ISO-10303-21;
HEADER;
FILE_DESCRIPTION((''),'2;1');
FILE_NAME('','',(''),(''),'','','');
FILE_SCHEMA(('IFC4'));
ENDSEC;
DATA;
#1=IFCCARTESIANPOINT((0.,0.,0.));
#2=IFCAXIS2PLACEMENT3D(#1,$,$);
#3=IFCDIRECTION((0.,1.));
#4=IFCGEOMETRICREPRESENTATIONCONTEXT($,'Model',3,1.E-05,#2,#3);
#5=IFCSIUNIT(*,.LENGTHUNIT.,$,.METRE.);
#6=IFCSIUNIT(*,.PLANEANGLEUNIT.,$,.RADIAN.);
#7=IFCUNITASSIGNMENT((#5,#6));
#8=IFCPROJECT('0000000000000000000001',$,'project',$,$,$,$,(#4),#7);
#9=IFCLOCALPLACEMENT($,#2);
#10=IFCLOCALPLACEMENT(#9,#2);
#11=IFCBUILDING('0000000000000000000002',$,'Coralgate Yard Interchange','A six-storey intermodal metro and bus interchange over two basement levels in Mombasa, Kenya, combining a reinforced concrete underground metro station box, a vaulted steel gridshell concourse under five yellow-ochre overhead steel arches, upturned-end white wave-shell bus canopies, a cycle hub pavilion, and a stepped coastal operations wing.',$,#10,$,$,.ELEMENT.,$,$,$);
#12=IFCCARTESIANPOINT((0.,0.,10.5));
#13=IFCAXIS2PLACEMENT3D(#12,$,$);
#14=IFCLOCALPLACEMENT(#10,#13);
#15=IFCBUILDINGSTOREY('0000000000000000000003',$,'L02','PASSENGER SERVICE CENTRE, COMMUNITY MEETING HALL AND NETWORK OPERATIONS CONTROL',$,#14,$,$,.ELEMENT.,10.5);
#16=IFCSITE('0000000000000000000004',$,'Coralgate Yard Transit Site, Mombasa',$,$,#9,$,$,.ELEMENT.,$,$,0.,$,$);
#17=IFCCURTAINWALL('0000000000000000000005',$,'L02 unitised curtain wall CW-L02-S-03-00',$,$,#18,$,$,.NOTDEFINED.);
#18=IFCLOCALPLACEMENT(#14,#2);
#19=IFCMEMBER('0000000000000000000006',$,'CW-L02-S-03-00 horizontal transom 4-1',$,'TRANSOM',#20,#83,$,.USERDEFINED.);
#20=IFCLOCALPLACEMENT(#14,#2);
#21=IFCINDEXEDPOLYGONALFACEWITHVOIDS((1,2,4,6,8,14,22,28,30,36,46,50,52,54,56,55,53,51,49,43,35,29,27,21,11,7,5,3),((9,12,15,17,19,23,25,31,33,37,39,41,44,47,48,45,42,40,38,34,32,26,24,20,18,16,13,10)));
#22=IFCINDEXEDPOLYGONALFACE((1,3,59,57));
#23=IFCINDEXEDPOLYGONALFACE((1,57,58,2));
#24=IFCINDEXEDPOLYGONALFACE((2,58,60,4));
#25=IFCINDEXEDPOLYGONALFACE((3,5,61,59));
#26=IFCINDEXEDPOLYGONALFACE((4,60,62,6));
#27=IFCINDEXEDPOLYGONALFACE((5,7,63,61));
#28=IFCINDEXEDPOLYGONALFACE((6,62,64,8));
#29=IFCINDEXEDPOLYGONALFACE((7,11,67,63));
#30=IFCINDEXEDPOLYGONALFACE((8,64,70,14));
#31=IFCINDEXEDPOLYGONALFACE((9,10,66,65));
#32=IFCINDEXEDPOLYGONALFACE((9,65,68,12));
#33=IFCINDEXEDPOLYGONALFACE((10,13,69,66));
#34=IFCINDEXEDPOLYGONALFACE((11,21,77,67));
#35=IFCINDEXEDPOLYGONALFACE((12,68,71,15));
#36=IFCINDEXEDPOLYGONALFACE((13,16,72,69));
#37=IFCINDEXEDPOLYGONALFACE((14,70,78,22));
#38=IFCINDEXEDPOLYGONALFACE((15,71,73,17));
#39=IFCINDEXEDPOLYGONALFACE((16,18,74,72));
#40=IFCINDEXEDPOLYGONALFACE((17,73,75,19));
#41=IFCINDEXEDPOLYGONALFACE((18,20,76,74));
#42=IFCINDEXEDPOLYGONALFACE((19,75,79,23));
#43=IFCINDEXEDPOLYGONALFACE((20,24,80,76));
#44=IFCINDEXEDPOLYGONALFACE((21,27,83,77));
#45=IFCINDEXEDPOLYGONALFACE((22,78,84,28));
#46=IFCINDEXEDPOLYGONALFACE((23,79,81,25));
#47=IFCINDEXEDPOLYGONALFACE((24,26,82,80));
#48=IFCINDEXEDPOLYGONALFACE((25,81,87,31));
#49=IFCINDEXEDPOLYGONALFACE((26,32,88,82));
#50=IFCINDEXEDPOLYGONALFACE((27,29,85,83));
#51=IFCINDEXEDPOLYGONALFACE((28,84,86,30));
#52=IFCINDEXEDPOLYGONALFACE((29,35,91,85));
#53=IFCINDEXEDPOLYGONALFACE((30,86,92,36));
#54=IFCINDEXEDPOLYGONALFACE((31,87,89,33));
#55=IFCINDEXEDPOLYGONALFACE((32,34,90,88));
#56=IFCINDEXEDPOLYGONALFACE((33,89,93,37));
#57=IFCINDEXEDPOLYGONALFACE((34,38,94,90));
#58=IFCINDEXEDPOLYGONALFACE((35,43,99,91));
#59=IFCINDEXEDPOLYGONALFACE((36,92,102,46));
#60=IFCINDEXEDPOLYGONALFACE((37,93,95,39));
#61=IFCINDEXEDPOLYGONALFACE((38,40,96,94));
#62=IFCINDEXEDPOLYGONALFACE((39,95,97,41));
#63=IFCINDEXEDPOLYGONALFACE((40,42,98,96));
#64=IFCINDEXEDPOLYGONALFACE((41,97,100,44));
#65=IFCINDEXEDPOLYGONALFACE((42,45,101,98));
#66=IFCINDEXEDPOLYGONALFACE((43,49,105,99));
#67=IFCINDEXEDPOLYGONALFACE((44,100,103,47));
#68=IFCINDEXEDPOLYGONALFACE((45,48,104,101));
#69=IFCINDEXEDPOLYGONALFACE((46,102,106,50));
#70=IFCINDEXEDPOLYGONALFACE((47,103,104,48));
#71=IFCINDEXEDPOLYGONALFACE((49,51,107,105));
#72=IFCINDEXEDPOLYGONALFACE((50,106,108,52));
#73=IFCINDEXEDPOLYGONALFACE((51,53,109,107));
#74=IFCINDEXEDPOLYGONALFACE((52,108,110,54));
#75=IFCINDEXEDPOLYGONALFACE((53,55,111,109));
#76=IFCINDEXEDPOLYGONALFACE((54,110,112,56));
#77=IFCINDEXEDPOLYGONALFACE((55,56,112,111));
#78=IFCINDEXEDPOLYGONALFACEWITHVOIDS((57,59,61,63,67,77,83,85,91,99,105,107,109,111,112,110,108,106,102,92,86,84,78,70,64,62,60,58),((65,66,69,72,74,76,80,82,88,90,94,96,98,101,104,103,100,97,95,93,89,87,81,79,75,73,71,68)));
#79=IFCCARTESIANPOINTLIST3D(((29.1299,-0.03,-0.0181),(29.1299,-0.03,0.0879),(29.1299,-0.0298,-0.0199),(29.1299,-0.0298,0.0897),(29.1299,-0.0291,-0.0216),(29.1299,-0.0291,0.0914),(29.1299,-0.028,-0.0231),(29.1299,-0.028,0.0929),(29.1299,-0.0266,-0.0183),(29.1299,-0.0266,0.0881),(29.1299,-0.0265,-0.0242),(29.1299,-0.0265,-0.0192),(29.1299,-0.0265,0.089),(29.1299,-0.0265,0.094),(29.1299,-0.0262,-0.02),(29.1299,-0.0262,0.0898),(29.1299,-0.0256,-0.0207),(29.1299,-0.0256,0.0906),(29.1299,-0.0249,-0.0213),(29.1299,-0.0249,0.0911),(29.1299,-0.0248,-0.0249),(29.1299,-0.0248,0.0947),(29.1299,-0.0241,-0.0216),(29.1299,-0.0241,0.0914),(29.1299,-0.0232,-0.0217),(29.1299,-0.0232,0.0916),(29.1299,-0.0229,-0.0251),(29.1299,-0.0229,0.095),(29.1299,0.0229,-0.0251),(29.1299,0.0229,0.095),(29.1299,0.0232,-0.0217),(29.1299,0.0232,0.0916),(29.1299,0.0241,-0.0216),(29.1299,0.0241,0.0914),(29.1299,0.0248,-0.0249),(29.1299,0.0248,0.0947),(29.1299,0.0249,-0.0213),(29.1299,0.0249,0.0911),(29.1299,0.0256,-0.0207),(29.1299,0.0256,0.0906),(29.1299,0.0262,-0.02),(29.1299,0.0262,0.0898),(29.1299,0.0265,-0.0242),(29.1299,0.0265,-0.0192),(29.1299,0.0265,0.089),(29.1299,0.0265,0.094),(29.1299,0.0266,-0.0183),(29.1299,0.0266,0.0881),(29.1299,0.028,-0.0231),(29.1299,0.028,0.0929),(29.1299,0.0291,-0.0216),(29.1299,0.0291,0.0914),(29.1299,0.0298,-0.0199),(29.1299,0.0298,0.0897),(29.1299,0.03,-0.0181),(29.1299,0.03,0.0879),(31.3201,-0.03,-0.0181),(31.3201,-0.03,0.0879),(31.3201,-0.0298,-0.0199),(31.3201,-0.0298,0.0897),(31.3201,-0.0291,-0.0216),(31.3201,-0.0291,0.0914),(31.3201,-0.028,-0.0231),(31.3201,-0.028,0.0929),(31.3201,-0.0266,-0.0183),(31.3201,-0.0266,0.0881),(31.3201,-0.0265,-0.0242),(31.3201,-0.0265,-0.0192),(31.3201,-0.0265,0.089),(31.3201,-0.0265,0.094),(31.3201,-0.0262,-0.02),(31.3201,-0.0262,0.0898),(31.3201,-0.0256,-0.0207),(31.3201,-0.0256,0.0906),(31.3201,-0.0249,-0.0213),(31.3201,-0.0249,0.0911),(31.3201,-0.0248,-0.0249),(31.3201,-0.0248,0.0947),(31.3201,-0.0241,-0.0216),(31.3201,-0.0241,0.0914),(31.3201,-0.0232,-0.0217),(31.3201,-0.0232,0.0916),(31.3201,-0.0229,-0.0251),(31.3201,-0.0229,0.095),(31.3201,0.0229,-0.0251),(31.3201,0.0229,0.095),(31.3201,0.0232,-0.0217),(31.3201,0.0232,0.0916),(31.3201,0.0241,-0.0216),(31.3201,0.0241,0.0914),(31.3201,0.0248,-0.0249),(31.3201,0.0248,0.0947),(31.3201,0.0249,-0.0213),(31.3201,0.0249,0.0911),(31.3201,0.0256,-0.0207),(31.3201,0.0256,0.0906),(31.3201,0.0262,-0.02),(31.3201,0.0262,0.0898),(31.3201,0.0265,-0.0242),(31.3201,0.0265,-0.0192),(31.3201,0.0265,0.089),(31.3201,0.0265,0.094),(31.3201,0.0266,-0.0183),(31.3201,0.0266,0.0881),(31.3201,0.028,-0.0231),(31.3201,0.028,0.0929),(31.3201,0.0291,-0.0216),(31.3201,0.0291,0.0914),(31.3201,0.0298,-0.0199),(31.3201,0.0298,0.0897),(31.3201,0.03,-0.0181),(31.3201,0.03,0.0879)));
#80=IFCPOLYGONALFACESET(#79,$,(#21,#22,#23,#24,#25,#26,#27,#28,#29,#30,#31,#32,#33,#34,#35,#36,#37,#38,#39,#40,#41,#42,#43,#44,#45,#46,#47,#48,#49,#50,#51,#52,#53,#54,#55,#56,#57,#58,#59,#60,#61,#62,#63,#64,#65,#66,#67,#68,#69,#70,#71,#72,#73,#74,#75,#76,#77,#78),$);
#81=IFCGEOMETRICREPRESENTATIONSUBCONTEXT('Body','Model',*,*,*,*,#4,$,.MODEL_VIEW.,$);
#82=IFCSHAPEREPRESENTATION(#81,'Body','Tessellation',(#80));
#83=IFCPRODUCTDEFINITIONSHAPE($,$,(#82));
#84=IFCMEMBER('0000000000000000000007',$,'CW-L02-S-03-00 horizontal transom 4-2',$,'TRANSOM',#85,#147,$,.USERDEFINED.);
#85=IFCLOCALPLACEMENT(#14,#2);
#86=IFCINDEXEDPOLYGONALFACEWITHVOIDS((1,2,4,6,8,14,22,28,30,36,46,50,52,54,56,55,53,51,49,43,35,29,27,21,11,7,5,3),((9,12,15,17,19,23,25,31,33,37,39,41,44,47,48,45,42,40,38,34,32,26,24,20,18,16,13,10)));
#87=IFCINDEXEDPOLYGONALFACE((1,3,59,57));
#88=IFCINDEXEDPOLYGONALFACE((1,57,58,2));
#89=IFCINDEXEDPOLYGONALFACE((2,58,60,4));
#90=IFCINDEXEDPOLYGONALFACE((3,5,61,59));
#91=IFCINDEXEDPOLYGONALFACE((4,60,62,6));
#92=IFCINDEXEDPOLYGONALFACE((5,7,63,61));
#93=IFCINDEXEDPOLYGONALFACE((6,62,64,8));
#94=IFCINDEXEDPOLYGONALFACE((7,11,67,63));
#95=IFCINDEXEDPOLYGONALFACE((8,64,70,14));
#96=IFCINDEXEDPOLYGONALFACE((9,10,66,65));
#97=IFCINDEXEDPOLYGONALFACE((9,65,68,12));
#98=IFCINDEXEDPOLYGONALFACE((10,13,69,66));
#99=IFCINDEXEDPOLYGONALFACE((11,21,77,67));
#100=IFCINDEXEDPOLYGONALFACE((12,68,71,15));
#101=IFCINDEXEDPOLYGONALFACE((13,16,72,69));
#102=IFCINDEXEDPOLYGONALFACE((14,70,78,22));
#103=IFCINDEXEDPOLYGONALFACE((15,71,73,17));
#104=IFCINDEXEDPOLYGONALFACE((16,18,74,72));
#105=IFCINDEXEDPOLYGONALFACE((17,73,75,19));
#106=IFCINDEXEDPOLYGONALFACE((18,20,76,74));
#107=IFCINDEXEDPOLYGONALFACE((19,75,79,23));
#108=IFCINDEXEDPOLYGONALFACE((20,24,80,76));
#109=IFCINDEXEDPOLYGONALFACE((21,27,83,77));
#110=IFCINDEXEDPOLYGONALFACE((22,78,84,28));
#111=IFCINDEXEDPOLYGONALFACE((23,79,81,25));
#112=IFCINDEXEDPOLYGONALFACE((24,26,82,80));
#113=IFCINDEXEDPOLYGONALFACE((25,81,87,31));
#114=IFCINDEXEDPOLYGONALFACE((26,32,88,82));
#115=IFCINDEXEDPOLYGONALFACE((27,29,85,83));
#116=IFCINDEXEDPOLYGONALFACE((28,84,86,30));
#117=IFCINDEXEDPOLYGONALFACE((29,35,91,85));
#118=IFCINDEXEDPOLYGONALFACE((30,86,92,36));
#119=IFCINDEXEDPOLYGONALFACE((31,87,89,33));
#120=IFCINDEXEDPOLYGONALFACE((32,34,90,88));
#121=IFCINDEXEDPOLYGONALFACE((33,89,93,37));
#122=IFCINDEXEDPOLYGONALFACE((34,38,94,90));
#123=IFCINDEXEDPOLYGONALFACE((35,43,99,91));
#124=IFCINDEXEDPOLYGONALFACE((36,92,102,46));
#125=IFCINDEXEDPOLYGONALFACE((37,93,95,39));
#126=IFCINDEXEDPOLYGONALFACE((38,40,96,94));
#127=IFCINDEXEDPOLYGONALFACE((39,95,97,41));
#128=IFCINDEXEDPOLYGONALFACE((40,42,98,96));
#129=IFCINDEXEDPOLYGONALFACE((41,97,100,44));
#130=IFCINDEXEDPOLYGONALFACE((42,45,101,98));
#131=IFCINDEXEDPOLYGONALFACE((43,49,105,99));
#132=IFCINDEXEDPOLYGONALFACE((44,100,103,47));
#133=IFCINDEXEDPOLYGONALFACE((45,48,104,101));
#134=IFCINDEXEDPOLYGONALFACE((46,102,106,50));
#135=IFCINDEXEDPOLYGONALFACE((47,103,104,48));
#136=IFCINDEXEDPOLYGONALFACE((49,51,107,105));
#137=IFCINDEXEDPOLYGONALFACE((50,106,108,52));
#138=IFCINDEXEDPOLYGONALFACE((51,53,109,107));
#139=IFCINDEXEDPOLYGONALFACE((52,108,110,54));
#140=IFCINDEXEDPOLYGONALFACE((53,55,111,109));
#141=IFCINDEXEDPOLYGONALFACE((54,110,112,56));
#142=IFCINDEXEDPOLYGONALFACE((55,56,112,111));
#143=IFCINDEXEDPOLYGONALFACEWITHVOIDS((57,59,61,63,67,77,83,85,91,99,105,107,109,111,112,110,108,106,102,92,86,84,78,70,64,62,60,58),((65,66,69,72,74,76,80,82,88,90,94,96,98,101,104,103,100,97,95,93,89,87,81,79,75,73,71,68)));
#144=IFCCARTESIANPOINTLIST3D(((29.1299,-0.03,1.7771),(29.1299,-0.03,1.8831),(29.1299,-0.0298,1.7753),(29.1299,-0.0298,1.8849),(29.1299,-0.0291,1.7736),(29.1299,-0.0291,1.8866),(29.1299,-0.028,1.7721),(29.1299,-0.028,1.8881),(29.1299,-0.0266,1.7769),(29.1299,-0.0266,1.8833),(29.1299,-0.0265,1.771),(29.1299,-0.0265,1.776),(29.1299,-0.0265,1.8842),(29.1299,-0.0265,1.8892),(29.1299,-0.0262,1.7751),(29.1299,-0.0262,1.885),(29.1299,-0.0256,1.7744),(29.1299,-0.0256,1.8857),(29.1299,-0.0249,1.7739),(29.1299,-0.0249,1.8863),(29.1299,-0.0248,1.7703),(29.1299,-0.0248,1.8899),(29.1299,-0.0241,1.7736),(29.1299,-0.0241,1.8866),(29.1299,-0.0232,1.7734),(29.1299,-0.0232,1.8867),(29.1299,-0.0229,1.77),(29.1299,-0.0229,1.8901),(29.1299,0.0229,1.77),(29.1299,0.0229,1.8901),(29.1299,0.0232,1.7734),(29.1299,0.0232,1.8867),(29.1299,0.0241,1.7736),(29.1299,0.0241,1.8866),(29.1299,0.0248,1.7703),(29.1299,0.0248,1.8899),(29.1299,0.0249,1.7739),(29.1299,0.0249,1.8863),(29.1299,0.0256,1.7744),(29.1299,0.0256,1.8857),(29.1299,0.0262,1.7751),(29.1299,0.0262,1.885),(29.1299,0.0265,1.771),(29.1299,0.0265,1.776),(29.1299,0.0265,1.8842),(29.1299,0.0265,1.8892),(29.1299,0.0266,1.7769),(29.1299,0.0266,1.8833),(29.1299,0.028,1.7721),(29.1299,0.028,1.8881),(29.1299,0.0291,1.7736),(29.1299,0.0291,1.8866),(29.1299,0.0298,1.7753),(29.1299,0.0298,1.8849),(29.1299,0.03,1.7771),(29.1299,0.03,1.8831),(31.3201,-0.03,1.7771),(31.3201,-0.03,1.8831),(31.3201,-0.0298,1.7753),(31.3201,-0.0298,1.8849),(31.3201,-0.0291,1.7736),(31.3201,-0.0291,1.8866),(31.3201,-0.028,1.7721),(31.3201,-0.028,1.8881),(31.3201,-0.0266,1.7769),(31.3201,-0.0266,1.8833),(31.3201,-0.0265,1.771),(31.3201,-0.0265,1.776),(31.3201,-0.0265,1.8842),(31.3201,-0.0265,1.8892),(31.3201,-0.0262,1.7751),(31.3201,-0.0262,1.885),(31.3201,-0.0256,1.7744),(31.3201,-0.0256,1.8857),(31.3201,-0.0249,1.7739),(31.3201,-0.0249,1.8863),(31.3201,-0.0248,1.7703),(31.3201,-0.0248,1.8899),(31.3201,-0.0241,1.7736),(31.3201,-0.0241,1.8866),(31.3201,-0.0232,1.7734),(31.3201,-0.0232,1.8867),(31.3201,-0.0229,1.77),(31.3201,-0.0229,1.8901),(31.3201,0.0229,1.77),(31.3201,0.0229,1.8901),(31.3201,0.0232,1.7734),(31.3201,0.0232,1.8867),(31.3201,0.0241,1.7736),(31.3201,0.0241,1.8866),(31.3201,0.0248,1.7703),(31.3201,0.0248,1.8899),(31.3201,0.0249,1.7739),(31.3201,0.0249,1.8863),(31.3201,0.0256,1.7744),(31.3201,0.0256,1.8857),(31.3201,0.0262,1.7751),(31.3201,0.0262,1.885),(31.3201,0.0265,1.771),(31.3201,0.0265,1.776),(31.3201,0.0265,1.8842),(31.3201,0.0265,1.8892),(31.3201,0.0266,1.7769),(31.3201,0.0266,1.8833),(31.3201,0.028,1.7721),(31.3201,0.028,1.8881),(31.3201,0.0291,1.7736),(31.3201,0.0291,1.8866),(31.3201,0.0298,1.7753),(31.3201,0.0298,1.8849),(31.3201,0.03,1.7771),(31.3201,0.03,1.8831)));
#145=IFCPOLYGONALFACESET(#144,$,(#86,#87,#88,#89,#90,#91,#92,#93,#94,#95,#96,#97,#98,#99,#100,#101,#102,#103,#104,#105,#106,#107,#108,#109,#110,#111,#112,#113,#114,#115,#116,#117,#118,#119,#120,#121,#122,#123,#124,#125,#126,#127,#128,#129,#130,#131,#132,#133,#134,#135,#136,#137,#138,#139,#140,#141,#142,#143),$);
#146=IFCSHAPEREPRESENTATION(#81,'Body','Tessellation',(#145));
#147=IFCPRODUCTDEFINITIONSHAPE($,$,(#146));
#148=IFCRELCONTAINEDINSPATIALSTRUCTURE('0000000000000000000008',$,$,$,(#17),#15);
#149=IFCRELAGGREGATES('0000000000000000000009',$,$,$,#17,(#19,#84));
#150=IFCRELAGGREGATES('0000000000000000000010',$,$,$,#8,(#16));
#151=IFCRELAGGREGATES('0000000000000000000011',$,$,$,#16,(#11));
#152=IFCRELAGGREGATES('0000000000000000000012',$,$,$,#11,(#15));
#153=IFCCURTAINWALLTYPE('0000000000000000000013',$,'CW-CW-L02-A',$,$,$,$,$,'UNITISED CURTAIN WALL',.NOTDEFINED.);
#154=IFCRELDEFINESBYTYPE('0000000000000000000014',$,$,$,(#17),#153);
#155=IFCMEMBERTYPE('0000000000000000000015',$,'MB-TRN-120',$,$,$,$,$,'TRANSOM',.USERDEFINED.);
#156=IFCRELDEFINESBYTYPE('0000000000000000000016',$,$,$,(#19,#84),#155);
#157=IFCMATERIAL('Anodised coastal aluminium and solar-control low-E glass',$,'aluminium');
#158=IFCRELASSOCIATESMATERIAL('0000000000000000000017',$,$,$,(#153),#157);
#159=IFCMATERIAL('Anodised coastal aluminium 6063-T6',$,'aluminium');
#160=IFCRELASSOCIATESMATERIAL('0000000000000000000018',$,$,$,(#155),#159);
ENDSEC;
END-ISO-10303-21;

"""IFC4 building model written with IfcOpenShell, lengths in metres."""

from ifc_helpers import new_model, si_unit, direction, frame, origin, origin_2d, place, context, subcontext, project, spatial, hollow_rectangle, extrude, material, material_profile, profile_set, type_object, element, aggregate, save


model = new_model("IFC4")

# Units and contexts
model_context = context("Model", 3, precision=1e-05, world=origin(), true_north=direction((0.0, 1.0)))
body_context = subcontext(model_context, "Body", "Model", "MODEL_VIEW")
ifc_project = project(units=[si_unit("LENGTHUNIT", "METRE"), si_unit("PLANEANGLEUNIT", "RADIAN")], contexts=[model_context])

# Site, building, storey
site_placement = place(None, origin())
site = spatial("IfcSite", under=ifc_project, at=site_placement, Name="Coralgate Yard Transit Site, Mombasa", CompositionType="ELEMENT", RefElevation=0.0)
building_placement = place(site_placement, origin())
building = spatial("IfcBuilding", under=site, at=building_placement, Name="Coralgate Yard Interchange", Description="A six-storey intermodal metro and bus interchange over two basement levels in Mombasa, Kenya, combining a reinforced concrete underground metro station box, a vaulted steel gridshell concourse under five yellow-ochre overhead steel arches, upturned-end white wave-shell bus canopies, a cycle hub pavilion, and a stepped coastal operations wing.", CompositionType="ELEMENT")
storey_placement = place(building_placement, frame((0.0, 0.0, 10.5)))
storey = spatial("IfcBuildingStorey", under=building, at=storey_placement, Name="L02", Description="PASSENGER SERVICE CENTRE, COMMUNITY MEETING HALL AND NETWORK OPERATIONS CONTROL", CompositionType="ELEMENT", Elevation=10.5)

# Curtain wall, members
ifc_material_1 = material(Name="Anodised coastal aluminium and solar-control low-E glass", Category="aluminium")
curtain_wall_type = type_object("IfcCurtainWallType", Name="CW-CW-L02-A", ElementType="UNITISED CURTAIN WALL", PredefinedType="NOTDEFINED", material=ifc_material_1)
curtain_wall_placement = place(storey_placement, origin())
curtain_wall = element("IfcCurtainWall", 1, at=curtain_wall_placement, inside=storey, type_object=curtain_wall_type, Name="L02 unitised curtain wall CW-L02-S-03-00", PredefinedType="NOTDEFINED")
ifc_material_2 = material(Name="Anodised coastal aluminium 6063-T6", Category="aluminium")
ifc_material_profile_1 = material_profile(ifc_material_2, hollow_rectangle(XDim=0.0601, YDim=0.1201, WallThickness=0.0034, InnerFilletRadius=0.0034, OuterFilletRadius=0.0071, at=origin_2d()), Name="ALU 60x120x3.5")
ifc_profile_set_1 = profile_set([ifc_material_profile_1], Name="Anodised coastal aluminium 6063-T6")
member_type_1 = type_object("IfcMemberType", Name="MB-TRN-120", ElementType="TRANSOM", PredefinedType="USERDEFINED", material=ifc_profile_set_1)
member_1_placement = place(storey_placement, frame((31.3201, 0.0, 0.0349), z_axis=(-1.0, 0.0, 0.0), x_axis=(0.0, -1.0, 0.0)))
member_1 = element("IfcMember", 2, at=member_1_placement, type_object=member_type_1, Name="CW-L02-S-03-00 horizontal transom 4-1", ObjectType="TRANSOM", PredefinedType="USERDEFINED", context=body_context, shape_type="SweptSolid", body=[
    extrude(hollow_rectangle(XDim=0.0601, YDim=0.1201, WallThickness=0.0034, InnerFilletRadius=0.0034, OuterFilletRadius=0.0071, at=origin_2d()), origin(), (0.0, 0.0, 1.0), 2.1902),
])
member_2_placement = place(storey_placement, frame((31.3201, 0.0, 1.8301), z_axis=(-1.0, 0.0, 0.0), x_axis=(0.0, -1.0, 0.0)))
member_2 = element("IfcMember", 3, at=member_2_placement, type_object=member_type_1, Name="CW-L02-S-03-00 horizontal transom 4-2", ObjectType="TRANSOM", PredefinedType="USERDEFINED", context=body_context, shape_type="SweptSolid", body=[
    extrude(hollow_rectangle(XDim=0.0601, YDim=0.1201, WallThickness=0.0034, InnerFilletRadius=0.0034, OuterFilletRadius=0.0071, at=origin_2d()), origin(), (0.0, 0.0, 1.0), 2.1902),
])
aggregate(curtain_wall, [member_1, member_2])

save(model, "model.ifc")
